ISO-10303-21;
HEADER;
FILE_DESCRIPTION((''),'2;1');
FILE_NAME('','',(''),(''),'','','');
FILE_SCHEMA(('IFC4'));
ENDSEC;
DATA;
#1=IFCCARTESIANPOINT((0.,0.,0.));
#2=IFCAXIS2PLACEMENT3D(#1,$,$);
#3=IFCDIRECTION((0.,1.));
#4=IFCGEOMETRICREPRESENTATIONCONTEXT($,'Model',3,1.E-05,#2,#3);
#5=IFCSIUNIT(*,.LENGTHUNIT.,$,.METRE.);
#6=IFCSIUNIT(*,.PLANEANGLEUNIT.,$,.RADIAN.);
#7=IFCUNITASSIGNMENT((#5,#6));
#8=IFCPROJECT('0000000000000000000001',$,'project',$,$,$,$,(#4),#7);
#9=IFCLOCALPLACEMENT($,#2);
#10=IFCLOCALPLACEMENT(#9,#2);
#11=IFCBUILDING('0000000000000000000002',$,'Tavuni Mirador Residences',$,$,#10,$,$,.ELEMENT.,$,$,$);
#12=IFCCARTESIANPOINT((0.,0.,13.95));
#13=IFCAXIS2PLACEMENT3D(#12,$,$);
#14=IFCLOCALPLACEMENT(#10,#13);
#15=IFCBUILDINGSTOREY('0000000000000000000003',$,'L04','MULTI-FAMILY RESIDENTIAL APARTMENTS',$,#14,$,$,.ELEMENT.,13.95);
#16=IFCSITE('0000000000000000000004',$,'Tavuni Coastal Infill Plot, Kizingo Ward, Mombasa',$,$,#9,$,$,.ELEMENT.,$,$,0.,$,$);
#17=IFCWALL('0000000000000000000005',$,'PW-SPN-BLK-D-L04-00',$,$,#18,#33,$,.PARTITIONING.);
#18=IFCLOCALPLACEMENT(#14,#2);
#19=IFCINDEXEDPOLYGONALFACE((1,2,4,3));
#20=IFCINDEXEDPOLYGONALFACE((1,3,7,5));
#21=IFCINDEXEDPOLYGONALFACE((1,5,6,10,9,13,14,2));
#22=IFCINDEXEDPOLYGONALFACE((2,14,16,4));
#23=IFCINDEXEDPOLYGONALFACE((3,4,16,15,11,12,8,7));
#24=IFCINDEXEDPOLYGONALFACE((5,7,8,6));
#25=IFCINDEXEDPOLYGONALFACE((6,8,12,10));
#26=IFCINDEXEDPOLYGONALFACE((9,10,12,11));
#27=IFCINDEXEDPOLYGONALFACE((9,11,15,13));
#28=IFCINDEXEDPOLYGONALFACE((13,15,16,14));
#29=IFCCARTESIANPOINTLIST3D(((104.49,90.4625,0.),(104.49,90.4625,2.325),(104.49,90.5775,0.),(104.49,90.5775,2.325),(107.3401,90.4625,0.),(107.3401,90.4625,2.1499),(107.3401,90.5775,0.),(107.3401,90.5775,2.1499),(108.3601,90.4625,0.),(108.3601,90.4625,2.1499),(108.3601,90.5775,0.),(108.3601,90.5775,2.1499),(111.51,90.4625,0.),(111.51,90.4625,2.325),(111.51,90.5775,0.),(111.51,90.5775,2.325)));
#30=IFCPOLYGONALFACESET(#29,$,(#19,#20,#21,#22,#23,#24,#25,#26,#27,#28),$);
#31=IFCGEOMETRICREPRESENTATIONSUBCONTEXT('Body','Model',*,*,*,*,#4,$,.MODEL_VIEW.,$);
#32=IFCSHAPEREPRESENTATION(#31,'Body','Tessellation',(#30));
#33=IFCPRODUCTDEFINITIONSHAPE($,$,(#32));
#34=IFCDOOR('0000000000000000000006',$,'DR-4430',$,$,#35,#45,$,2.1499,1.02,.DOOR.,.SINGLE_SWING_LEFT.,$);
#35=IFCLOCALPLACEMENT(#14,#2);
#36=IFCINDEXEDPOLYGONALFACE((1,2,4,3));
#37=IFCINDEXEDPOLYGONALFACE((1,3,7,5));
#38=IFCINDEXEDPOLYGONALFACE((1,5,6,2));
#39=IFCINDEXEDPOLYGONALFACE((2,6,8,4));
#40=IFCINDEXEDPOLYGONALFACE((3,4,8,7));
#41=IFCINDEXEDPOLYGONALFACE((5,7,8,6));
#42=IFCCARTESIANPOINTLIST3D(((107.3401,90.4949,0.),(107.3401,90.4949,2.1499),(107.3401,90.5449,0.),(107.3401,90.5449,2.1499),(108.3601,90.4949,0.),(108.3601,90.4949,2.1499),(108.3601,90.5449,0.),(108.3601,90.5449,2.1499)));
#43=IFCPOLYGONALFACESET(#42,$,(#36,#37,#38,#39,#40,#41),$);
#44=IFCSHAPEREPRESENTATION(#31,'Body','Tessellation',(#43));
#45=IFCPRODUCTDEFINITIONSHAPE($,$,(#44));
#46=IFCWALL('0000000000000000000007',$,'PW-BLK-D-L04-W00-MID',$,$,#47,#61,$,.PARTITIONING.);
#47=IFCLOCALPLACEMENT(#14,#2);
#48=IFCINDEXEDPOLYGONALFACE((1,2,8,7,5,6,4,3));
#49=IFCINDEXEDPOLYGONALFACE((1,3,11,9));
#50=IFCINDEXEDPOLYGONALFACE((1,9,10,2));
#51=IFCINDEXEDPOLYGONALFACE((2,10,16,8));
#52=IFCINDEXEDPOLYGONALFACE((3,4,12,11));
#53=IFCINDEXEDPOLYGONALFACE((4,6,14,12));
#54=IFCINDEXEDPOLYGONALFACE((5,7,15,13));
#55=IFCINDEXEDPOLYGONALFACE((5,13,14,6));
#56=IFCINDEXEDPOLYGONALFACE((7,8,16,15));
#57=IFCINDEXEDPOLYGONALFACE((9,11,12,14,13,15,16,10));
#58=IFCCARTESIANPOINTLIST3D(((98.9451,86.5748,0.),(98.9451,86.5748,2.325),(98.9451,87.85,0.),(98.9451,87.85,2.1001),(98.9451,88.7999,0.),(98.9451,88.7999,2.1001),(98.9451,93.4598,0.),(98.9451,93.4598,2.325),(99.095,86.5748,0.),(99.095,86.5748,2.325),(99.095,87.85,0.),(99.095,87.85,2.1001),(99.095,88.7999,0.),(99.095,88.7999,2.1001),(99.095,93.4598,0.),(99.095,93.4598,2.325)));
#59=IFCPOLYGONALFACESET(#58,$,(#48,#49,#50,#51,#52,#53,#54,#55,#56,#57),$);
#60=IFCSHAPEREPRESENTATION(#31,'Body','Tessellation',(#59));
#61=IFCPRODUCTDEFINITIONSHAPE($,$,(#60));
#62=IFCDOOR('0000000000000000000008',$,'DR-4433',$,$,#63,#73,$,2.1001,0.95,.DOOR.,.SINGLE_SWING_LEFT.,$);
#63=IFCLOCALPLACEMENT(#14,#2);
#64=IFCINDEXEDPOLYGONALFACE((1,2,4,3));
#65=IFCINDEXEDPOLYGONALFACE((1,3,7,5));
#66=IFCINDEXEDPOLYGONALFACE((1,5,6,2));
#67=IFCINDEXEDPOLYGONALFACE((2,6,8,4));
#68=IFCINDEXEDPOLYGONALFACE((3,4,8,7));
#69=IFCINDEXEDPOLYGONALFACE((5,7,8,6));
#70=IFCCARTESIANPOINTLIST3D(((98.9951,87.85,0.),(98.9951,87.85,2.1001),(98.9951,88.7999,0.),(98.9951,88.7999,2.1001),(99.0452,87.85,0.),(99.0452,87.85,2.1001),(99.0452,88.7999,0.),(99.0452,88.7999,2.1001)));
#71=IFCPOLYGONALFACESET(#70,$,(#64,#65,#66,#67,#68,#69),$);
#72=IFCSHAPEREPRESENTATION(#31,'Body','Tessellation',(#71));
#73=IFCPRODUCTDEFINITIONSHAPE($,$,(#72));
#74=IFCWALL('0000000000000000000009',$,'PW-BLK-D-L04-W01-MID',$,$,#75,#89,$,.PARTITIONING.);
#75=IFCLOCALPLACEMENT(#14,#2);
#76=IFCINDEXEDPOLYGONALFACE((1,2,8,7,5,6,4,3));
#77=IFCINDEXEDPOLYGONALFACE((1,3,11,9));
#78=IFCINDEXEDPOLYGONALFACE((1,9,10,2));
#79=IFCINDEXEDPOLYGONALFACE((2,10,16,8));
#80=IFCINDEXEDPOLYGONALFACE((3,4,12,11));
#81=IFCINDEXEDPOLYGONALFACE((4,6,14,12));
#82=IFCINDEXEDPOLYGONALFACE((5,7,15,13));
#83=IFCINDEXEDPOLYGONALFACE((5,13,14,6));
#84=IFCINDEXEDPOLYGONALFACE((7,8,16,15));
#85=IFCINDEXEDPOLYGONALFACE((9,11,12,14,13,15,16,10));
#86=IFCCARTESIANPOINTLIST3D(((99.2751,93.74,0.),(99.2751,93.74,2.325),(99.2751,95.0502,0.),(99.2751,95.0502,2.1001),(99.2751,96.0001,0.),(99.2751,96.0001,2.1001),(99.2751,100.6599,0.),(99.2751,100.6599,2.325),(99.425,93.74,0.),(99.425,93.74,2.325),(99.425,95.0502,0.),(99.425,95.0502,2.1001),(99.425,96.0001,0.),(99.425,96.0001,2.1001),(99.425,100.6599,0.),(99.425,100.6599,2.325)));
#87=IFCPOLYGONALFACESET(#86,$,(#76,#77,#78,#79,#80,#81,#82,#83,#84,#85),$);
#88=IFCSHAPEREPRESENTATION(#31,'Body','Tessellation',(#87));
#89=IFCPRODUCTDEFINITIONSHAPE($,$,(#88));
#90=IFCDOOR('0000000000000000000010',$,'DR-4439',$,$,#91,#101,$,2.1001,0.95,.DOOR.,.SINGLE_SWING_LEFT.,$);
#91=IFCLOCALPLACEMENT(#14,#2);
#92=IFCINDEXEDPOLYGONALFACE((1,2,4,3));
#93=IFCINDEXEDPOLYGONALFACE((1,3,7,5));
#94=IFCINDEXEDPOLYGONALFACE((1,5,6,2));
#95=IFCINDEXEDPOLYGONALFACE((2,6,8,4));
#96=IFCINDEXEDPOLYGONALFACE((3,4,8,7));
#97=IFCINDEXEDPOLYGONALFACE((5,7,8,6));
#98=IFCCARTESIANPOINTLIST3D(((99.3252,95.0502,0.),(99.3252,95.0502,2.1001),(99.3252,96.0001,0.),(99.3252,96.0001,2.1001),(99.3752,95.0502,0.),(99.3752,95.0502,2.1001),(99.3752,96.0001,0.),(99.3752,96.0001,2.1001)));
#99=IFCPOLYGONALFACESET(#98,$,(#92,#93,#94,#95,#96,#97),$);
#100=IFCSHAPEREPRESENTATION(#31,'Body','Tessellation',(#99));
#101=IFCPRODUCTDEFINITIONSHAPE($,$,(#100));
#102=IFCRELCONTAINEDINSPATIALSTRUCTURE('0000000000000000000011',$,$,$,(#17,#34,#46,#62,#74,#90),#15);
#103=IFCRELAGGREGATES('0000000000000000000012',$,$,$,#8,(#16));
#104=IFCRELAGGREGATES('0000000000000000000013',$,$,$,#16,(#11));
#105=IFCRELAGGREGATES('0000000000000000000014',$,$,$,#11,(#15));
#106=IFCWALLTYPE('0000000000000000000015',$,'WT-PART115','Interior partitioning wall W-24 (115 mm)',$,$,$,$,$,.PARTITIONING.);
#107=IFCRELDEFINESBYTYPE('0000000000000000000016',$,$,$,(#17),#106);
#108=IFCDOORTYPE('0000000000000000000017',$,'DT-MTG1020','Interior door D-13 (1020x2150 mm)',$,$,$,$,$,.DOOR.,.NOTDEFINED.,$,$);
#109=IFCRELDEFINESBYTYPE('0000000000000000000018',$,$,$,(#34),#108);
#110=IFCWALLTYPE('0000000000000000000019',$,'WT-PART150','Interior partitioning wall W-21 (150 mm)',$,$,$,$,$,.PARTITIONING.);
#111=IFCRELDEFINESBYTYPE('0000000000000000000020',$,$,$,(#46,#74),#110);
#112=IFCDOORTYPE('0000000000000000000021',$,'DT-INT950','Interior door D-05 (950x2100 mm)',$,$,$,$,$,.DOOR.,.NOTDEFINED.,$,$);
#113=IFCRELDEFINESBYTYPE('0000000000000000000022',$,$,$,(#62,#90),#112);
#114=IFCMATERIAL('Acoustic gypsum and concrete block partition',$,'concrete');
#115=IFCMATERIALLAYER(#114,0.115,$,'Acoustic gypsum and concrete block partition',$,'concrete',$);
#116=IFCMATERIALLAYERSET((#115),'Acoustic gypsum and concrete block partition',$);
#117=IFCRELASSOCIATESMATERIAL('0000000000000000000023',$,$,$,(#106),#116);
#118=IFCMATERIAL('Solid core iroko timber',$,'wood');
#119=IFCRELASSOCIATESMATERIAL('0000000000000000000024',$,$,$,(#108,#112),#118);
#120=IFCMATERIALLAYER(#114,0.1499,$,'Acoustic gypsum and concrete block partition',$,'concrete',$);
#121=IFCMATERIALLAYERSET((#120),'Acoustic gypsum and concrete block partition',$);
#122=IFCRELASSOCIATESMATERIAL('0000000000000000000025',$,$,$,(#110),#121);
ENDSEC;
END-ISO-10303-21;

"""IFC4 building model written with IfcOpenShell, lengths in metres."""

from ifc_helpers import new_model, si_unit, direction, frame, frame_2d, origin, place, context, subcontext, project, spatial, rectangle, extrude, material, layer, layer_set, type_object, element, fill, save


model = new_model("IFC4")

# Units and contexts
model_context = context("Model", 3, precision=1e-05, world=origin(), true_north=direction((0.0, 1.0)))
body_context = subcontext(model_context, "Body", "Model", "MODEL_VIEW")
ifc_project = project(units=[si_unit("LENGTHUNIT", "METRE"), si_unit("PLANEANGLEUNIT", "RADIAN")], contexts=[model_context])

# Site, building, storey
site_placement = place(None, origin())
site = spatial("IfcSite", under=ifc_project, at=site_placement, Name="Tavuni Coastal Infill Plot, Kizingo Ward, Mombasa", CompositionType="ELEMENT", RefElevation=0.0)
building_placement = place(site_placement, origin())
building = spatial("IfcBuilding", under=site, at=building_placement, Name="Tavuni Mirador Residences", CompositionType="ELEMENT")
storey_placement = place(building_placement, frame((0.0, 0.0, 13.95)))
storey = spatial("IfcBuildingStorey", under=building, at=storey_placement, Name="L04", Description="MULTI-FAMILY RESIDENTIAL APARTMENTS", CompositionType="ELEMENT", Elevation=13.95)

# Walls, openings, doors
ifc_material_1 = material(Name="Solid core iroko timber", Category="wood")
ifc_material_2 = material(Name="Acoustic gypsum and concrete block partition", Category="concrete")
ifc_layer_1 = layer(ifc_material_2, 0.115, Name="Acoustic gypsum and concrete block partition", Category="concrete")
ifc_layer_set_1 = layer_set([ifc_layer_1], Name="Acoustic gypsum and concrete block partition")
wall_type_1 = type_object("IfcWallType", Name="WT-PART115", Description="Interior partitioning wall W-24 (115 mm)", PredefinedType="PARTITIONING", material=ifc_layer_set_1)
wall_1_placement = place(storey_placement, frame((104.49, 90.52, 0.0), z_axis=(0.0, 0.0, 1.0), x_axis=(1.0, 0.0, 0.0)))
wall_1 = element("IfcWall", 1, at=wall_1_placement, inside=storey, type_object=wall_type_1, Name="PW-SPN-BLK-D-L04-00", PredefinedType="PARTITIONING", context=body_context, shape_type="SweptSolid", body=[
    extrude(rectangle(XDim=7.02, YDim=0.115, at=frame_2d((3.51, 0.0))), origin(), (0.0, 0.0, 1.0), 2.325),
])
opening_1_placement = place(wall_1_placement, frame((2.8501, 0.0, 0.0)))
opening_1 = element("IfcOpeningElement", 2, at=opening_1_placement, cuts=wall_1, PredefinedType="OPENING", context=body_context, shape_type="SweptSolid", body=[
    extrude(rectangle(XDim=1.02, YDim=2.1499, at=frame_2d((0.51, 1.075))), frame((0.0, 0.0674, 0.0), z_axis=(0.0, -1.0, 0.0), x_axis=(1.0, 0.0, 0.0)), (0.0, 0.0, 1.0), 0.135),
])
door_type_1 = type_object("IfcDoorType", Name="DT-MTG1020", Description="Interior door D-13 (1020x2150 mm)", OperationType="NOTDEFINED", PredefinedType="DOOR", material=ifc_material_1)
door_1_placement = place(opening_1_placement, origin())
door_1 = element("IfcDoor", 3, at=door_1_placement, inside=storey, type_object=door_type_1, Name="DR-4430", OperationType="SINGLE_SWING_LEFT", OverallHeight=2.1499, OverallWidth=1.02, PredefinedType="DOOR", context=body_context, shape_type="SweptSolid", body=[
    extrude(rectangle(XDim=1.02, YDim=2.1499, at=frame_2d((0.51, 1.075))), frame((0.0, 0.0249, 0.0), z_axis=(0.0, -1.0, 0.0), x_axis=(1.0, 0.0, 0.0)), (0.0, 0.0, 1.0), 0.05),
])
fill(opening_1, door_1)
ifc_layer_2 = layer(ifc_material_2, 0.1499, Name="Acoustic gypsum and concrete block partition", Category="concrete")
ifc_layer_set_2 = layer_set([ifc_layer_2], Name="Acoustic gypsum and concrete block partition")
wall_type_2 = type_object("IfcWallType", Name="WT-PART150", Description="Interior partitioning wall W-21 (150 mm)", PredefinedType="PARTITIONING", material=ifc_layer_set_2)
wall_2_placement = place(storey_placement, frame((99.02, 86.575, 0.0), z_axis=(0.0, 0.0, 1.0), x_axis=(0.0, 1.0, 0.0)))
wall_2 = element("IfcWall", 4, at=wall_2_placement, inside=storey, type_object=wall_type_2, Name="PW-BLK-D-L04-W00-MID", PredefinedType="PARTITIONING", context=body_context, shape_type="SweptSolid", body=[
    extrude(rectangle(XDim=6.885, YDim=0.1499, at=frame_2d((3.4424, 0.0))), origin(), (0.0, 0.0, 1.0), 2.325),
])
opening_2_placement = place(wall_2_placement, frame((1.2749, 0.0, 0.0)))
opening_2 = element("IfcOpeningElement", 5, at=opening_2_placement, cuts=wall_2, PredefinedType="OPENING", context=body_context, shape_type="SweptSolid", body=[
    extrude(rectangle(XDim=0.95, YDim=2.1001, at=frame_2d((0.4751, 1.05))), frame((0.0, 0.085, 0.0), z_axis=(0.0, -1.0, 0.0), x_axis=(1.0, 0.0, 0.0)), (0.0, 0.0, 1.0), 0.1699),
])
door_type_2 = type_object("IfcDoorType", Name="DT-INT950", Description="Interior door D-05 (950x2100 mm)", OperationType="NOTDEFINED", PredefinedType="DOOR", material=ifc_material_1)
door_2_placement = place(opening_2_placement, origin())
door_2 = element("IfcDoor", 6, at=door_2_placement, inside=storey, type_object=door_type_2, Name="DR-4433", OperationType="SINGLE_SWING_LEFT", OverallHeight=2.1001, OverallWidth=0.95, PredefinedType="DOOR", context=body_context, shape_type="SweptSolid", body=[
    extrude(rectangle(XDim=0.95, YDim=2.1001, at=frame_2d((0.4751, 1.05))), frame((0.0, 0.0249, 0.0), z_axis=(0.0, -1.0, 0.0), x_axis=(1.0, 0.0, 0.0)), (0.0, 0.0, 1.0), 0.05),
])
fill(opening_2, door_2)
wall_3_placement = place(storey_placement, frame((99.3501, 93.74, 0.0), z_axis=(0.0, 0.0, 1.0), x_axis=(0.0, 1.0, 0.0)))
wall_3 = element("IfcWall", 7, at=wall_3_placement, inside=storey, type_object=wall_type_2, Name="PW-BLK-D-L04-W01-MID", PredefinedType="PARTITIONING", context=body_context, shape_type="SweptSolid", body=[
    extrude(rectangle(XDim=6.9199, YDim=0.1499, at=frame_2d((3.46, 0.0))), origin(), (0.0, 0.0, 1.0), 2.325),
])
opening_3_placement = place(wall_3_placement, frame((1.3101, 0.0, 0.0)))
opening_3 = element("IfcOpeningElement", 8, at=opening_3_placement, cuts=wall_3, PredefinedType="OPENING", context=body_context, shape_type="SweptSolid", body=[
    extrude(rectangle(XDim=0.95, YDim=2.1001, at=frame_2d((0.4751, 1.05))), frame((0.0, 0.085, 0.0), z_axis=(0.0, -1.0, 0.0), x_axis=(1.0, 0.0, 0.0)), (0.0, 0.0, 1.0), 0.1699),
])
door_3_placement = place(opening_3_placement, origin())
door_3 = element("IfcDoor", 9, at=door_3_placement, inside=storey, type_object=door_type_2, Name="DR-4439", OperationType="SINGLE_SWING_LEFT", OverallHeight=2.1001, OverallWidth=0.95, PredefinedType="DOOR", context=body_context, shape_type="SweptSolid", body=[
    extrude(rectangle(XDim=0.95, YDim=2.1001, at=frame_2d((0.4751, 1.05))), frame((0.0, 0.0249, 0.0), z_axis=(0.0, -1.0, 0.0), x_axis=(1.0, 0.0, 0.0)), (0.0, 0.0, 1.0), 0.05),
])
fill(opening_3, door_3)

save(model, "model.ifc")
